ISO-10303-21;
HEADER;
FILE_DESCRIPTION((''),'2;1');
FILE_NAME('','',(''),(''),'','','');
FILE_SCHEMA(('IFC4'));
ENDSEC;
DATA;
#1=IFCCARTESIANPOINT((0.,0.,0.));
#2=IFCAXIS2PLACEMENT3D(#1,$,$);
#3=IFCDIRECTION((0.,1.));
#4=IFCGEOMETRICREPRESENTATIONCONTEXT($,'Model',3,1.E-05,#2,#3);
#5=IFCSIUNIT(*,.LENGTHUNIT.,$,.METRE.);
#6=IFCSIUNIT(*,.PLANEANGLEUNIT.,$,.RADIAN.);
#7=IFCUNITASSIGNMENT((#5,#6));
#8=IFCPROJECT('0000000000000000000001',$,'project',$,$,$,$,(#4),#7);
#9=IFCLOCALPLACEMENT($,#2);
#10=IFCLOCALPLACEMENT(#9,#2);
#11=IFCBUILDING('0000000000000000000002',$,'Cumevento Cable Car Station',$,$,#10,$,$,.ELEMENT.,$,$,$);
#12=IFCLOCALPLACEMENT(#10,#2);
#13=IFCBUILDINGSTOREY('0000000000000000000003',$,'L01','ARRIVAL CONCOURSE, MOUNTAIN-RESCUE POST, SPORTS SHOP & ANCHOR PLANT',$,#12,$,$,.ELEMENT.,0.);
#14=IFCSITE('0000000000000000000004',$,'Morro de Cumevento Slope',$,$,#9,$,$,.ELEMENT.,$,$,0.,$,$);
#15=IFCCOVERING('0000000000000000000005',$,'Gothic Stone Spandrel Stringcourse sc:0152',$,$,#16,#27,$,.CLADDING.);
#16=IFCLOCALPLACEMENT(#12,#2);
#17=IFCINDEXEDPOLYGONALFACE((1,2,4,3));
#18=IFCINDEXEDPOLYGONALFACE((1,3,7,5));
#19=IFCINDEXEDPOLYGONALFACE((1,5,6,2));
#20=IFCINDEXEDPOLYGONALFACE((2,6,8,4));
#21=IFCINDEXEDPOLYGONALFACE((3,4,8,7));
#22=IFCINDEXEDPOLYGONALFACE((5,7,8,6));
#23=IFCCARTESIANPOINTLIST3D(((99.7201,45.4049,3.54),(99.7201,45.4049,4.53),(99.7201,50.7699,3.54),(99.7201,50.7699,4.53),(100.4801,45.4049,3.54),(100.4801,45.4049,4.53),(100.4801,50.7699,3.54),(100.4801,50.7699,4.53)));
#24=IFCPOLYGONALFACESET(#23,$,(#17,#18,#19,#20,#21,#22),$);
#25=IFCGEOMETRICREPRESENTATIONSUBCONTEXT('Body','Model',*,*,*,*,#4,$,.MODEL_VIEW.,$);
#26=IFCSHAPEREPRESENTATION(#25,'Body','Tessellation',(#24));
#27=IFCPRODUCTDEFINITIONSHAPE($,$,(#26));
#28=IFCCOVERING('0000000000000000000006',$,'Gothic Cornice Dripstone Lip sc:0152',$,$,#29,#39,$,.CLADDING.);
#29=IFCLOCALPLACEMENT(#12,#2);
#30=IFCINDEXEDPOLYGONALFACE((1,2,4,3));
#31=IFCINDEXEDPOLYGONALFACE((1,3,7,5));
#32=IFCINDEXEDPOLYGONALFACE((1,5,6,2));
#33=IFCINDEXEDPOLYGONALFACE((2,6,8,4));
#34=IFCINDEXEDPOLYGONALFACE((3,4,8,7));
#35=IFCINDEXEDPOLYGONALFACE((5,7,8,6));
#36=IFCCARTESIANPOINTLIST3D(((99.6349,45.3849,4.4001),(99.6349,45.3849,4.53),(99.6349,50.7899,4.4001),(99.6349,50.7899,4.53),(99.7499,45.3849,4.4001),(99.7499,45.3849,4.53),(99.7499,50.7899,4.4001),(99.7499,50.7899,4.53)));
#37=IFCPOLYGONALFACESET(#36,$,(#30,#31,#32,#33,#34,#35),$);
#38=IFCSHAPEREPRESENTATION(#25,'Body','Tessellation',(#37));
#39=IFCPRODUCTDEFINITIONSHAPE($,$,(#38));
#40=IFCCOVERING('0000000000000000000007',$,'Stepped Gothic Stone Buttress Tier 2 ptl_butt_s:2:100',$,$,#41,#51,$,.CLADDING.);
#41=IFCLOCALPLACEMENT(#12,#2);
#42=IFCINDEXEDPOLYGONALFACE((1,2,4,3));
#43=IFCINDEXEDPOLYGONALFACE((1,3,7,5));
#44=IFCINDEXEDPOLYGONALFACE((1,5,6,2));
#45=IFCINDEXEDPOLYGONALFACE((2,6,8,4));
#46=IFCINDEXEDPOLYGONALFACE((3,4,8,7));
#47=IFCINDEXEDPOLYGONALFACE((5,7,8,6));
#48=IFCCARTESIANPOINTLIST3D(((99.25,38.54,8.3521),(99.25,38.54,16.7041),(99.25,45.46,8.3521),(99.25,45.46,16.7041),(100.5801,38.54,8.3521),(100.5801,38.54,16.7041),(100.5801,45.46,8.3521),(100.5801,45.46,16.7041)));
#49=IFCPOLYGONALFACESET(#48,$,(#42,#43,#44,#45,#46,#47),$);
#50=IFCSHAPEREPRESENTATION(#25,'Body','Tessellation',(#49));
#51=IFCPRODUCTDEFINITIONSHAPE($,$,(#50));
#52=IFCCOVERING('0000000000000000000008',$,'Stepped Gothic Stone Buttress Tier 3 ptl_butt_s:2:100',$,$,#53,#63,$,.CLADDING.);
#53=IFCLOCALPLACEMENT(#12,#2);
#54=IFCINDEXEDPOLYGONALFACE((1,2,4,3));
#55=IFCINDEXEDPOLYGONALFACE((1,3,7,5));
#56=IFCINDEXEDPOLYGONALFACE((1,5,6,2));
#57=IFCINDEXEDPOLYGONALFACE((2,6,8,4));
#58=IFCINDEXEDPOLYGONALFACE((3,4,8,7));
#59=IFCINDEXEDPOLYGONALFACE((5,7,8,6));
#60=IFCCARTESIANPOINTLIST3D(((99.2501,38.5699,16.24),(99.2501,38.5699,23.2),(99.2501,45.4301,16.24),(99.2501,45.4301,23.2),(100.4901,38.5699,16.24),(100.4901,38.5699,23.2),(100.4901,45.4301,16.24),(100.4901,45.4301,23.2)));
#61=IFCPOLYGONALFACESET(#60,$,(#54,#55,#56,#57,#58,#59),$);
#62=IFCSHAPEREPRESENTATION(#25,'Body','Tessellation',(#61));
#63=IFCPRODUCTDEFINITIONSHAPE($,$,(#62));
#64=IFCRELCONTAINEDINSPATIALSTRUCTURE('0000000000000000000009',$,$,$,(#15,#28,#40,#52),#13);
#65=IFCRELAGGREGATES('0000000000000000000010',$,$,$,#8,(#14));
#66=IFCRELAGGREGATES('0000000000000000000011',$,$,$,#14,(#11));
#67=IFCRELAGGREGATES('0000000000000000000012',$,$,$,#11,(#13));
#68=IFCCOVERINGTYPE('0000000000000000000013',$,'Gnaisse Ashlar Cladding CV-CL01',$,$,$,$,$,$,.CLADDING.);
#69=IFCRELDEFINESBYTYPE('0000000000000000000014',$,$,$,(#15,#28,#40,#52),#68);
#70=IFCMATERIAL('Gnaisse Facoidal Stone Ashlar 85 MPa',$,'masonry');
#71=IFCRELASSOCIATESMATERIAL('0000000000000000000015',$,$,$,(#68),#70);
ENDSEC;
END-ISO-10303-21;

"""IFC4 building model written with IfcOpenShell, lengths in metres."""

from ifc_helpers import new_model, si_unit, direction, frame, origin, origin_2d, place, context, subcontext, project, spatial, rectangle, extrude, material, type_object, element, save


model = new_model("IFC4")

# Units and contexts
model_context = context("Model", 3, precision=1e-05, world=origin(), true_north=direction((0.0, 1.0)))
body_context = subcontext(model_context, "Body", "Model", "MODEL_VIEW")
ifc_project = project(units=[si_unit("LENGTHUNIT", "METRE"), si_unit("PLANEANGLEUNIT", "RADIAN")], contexts=[model_context])

# Site, building, storey
site_placement = place(None, origin())
site = spatial("IfcSite", under=ifc_project, at=site_placement, Name="Morro de Cumevento Slope", CompositionType="ELEMENT", RefElevation=0.0)
building_placement = place(site_placement, origin())
building = spatial("IfcBuilding", under=site, at=building_placement, Name="Cumevento Cable Car Station", CompositionType="ELEMENT")
storey_placement = place(building_placement, origin())
storey = spatial("IfcBuildingStorey", under=building, at=storey_placement, Name="L01", Description="ARRIVAL CONCOURSE, MOUNTAIN-RESCUE POST, SPORTS SHOP & ANCHOR PLANT", CompositionType="ELEMENT", Elevation=0.0)

# Coverings
ifc_material_1 = material(Name="Gnaisse Facoidal Stone Ashlar 85 MPa", Category="masonry")
covering_type = type_object("IfcCoveringType", Name="Gnaisse Ashlar Cladding CV-CL01", PredefinedType="CLADDING", material=ifc_material_1)
covering_1_placement = place(storey_placement, frame((100.1001, 48.0874, 3.54), z_axis=(0.0, 0.0, 1.0), x_axis=(0.0, 1.0, 0.0)))
element("IfcCovering", 1, at=covering_1_placement, inside=storey, type_object=covering_type, Name="Gothic Stone Spandrel Stringcourse sc:0152", PredefinedType="CLADDING", context=body_context, shape_type="SweptSolid", body=[
    extrude(rectangle(XDim=5.365, YDim=0.76, at=origin_2d()), origin(), (0.0, 0.0, 1.0), 0.99),
])
covering_2_placement = place(storey_placement, frame((99.6924, 48.0874, 4.4001), z_axis=(0.0, 0.0, 1.0), x_axis=(0.0, 1.0, 0.0)))
element("IfcCovering", 2, at=covering_2_placement, inside=storey, type_object=covering_type, Name="Gothic Cornice Dripstone Lip sc:0152", PredefinedType="CLADDING", context=body_context, shape_type="SweptSolid", body=[
    extrude(rectangle(XDim=5.405, YDim=0.115, at=origin_2d()), origin(), (0.0, 0.0, 1.0), 0.1299),
])
covering_3_placement = place(storey_placement, frame((99.915, 42.0, 8.3521), z_axis=(0.0, 0.0, 1.0), x_axis=(0.0, 1.0, 0.0)))
element("IfcCovering", 3, at=covering_3_placement, inside=storey, type_object=covering_type, Name="Stepped Gothic Stone Buttress Tier 2 ptl_butt_s:2:100", PredefinedType="CLADDING", context=body_context, shape_type="SweptSolid", body=[
    extrude(rectangle(XDim=6.9199, YDim=1.3301, at=origin_2d()), origin(), (0.0, 0.0, 1.0), 8.3521),
])
covering_4_placement = place(storey_placement, frame((99.8701, 42.0, 16.24), z_axis=(0.0, 0.0, 1.0), x_axis=(0.0, 1.0, 0.0)))
element("IfcCovering", 4, at=covering_4_placement, inside=storey, type_object=covering_type, Name="Stepped Gothic Stone Buttress Tier 3 ptl_butt_s:2:100", PredefinedType="CLADDING", context=body_context, shape_type="SweptSolid", body=[
    extrude(rectangle(XDim=6.8601, YDim=1.24, at=origin_2d()), origin(), (0.0, 0.0, 1.0), 6.96),
])

save(model, "model.ifc")
